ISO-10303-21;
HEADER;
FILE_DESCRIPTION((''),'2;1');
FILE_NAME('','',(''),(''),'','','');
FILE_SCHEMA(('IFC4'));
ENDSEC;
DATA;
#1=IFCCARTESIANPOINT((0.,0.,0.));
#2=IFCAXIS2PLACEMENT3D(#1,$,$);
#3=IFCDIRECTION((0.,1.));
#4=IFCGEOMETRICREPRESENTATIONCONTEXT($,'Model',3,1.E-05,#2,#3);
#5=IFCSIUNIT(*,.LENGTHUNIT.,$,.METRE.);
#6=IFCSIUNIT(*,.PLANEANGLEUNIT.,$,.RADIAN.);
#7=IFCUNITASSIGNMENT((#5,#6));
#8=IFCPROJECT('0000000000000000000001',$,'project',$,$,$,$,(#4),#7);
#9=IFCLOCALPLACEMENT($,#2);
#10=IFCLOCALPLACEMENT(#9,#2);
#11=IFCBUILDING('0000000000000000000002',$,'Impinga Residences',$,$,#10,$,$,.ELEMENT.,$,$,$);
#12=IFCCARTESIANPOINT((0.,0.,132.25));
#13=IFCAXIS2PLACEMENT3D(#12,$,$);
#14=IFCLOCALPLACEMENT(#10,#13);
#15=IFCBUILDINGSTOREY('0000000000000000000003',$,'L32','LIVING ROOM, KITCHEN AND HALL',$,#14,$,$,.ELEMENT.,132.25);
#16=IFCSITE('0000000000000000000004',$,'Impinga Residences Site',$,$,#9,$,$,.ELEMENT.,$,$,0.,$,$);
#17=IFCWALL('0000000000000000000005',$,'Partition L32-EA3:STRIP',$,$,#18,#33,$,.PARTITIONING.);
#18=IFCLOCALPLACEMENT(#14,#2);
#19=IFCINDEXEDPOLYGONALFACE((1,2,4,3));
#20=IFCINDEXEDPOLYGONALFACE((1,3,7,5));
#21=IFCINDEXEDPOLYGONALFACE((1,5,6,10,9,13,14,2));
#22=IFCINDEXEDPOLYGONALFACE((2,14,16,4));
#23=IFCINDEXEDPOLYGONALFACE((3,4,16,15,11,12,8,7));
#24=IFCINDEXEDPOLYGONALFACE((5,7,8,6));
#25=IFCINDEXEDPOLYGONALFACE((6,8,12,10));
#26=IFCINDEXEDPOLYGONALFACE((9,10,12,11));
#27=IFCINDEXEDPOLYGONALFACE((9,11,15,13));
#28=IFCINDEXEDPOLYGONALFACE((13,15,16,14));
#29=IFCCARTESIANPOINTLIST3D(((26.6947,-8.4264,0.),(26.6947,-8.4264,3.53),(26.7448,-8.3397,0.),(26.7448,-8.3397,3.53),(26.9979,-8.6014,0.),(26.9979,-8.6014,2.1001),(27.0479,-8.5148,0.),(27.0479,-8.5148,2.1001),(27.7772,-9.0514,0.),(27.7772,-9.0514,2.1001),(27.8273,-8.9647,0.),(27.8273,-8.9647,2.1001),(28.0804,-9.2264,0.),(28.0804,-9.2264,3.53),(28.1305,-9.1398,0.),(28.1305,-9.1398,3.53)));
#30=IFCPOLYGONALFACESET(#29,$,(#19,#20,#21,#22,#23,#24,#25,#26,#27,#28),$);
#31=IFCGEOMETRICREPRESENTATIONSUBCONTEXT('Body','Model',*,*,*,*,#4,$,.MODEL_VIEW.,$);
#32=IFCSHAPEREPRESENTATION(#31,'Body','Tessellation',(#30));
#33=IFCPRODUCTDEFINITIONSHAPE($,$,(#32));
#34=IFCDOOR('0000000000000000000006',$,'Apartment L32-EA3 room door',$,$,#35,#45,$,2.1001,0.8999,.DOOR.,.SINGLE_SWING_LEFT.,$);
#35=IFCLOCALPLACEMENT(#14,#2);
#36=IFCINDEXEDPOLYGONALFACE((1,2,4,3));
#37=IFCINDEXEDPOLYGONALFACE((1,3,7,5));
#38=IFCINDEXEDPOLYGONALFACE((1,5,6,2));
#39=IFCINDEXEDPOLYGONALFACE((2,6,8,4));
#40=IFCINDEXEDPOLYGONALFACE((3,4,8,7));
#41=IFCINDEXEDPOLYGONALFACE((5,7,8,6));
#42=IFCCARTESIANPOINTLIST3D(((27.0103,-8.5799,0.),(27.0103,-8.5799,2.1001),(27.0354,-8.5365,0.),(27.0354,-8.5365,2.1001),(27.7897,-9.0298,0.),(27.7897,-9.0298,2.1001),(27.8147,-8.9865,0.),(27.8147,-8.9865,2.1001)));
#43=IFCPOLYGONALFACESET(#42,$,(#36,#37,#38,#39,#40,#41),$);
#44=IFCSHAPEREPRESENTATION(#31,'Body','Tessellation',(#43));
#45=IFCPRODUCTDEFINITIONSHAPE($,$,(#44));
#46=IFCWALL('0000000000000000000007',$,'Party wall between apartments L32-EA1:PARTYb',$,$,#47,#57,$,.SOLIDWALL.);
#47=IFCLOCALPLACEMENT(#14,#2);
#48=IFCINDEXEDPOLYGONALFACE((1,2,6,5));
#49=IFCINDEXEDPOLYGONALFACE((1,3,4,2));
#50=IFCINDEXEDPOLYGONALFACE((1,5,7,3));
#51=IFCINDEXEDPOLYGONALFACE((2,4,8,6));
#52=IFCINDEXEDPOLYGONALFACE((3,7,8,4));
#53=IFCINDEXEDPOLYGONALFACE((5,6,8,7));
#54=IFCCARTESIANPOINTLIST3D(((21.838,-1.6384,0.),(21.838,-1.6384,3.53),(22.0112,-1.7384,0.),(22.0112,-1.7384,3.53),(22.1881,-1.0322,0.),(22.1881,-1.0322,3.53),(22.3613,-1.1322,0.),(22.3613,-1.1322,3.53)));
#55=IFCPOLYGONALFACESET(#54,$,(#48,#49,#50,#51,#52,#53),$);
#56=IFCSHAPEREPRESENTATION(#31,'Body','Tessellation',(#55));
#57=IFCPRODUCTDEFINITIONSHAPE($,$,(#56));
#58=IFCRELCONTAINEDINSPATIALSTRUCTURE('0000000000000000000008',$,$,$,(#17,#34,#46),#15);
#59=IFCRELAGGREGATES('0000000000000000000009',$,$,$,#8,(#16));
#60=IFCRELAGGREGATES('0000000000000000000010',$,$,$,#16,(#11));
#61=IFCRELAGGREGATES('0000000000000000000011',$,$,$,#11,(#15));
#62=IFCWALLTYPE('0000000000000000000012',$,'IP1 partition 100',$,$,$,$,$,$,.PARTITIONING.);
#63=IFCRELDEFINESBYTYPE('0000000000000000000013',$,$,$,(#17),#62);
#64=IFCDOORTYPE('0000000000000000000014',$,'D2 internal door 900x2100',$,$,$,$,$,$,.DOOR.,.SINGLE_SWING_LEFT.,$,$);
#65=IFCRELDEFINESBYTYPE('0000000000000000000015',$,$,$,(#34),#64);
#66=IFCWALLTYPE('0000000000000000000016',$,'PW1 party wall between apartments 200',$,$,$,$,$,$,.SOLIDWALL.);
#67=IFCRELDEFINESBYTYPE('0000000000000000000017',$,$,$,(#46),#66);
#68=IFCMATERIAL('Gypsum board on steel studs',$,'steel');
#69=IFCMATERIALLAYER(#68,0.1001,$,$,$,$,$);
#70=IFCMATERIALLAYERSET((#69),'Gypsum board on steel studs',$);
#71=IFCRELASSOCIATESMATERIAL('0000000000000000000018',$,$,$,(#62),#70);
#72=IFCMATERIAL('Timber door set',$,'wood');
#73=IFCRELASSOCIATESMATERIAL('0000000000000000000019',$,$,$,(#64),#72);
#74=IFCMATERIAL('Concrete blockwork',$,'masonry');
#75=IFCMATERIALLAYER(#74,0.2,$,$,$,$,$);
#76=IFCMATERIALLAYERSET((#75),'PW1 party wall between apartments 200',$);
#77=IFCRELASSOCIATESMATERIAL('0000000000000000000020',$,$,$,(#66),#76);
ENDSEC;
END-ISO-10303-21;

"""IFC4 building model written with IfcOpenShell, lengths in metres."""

from ifc_helpers import new_model, si_unit, direction, frame, frame_2d, origin, place, context, subcontext, project, spatial, rectangle, extrude, material, layer, layer_set, type_object, element, fill, save


model = new_model("IFC4")

# Units and contexts
model_context = context("Model", 3, precision=1e-05, world=origin(), true_north=direction((0.0, 1.0)))
body_context = subcontext(model_context, "Body", "Model", "MODEL_VIEW")
ifc_project = project(units=[si_unit("LENGTHUNIT", "METRE"), si_unit("PLANEANGLEUNIT", "RADIAN")], contexts=[model_context])

# Site, building, storey
site_placement = place(None, origin())
site = spatial("IfcSite", under=ifc_project, at=site_placement, Name="Impinga Residences Site", CompositionType="ELEMENT", RefElevation=0.0)
building_placement = place(site_placement, origin())
building = spatial("IfcBuilding", under=site, at=building_placement, Name="Impinga Residences", CompositionType="ELEMENT")
storey_placement = place(building_placement, frame((0.0, 0.0, 132.25)))
storey = spatial("IfcBuildingStorey", under=building, at=storey_placement, Name="L32", Description="LIVING ROOM, KITCHEN AND HALL", CompositionType="ELEMENT", Elevation=132.25)

# Shared definitions
ifc_material_1 = material(Name="Gypsum board on steel studs", Category="steel")
ifc_layer_1 = layer(ifc_material_1, 0.1001)
ifc_layer_set_1 = layer_set([ifc_layer_1], Name="Gypsum board on steel studs")
wall_type_1 = type_object("IfcWallType", Name="IP1 partition 100", PredefinedType="PARTITIONING", material=ifc_layer_set_1)

# Shared definitions
ifc_material_2 = material(Name="Timber door set", Category="wood")
door_type = type_object("IfcDoorType", Name="D2 internal door 900x2100", OperationType="SINGLE_SWING_LEFT", PredefinedType="DOOR", material=ifc_material_2)

# Wall, opening, door
wall_1_placement = place(storey_placement, frame((26.7197, -8.3831, 0.0), z_axis=(0.0, 0.0, 1.0), x_axis=(0.866028, -0.499995, 0.0)))
wall_1 = element("IfcWall", 1, at=wall_1_placement, inside=storey, type_object=wall_type_1, Name="Partition L32-EA3:STRIP", PredefinedType="PARTITIONING", context=body_context, shape_type="SweptSolid", body=[
    extrude(rectangle(XDim=1.6001, YDim=0.1001, at=frame_2d((0.8, 0.0))), origin(), (0.0, 0.0, 1.0), 3.53),
])
opening_1_placement = place(wall_1_placement, frame((0.3501, 0.0, 0.0)))
opening_1 = element("IfcOpeningElement", 2, at=opening_1_placement, cuts=wall_1, PredefinedType="OPENING", context=body_context, shape_type="SweptSolid", body=[
    extrude(rectangle(XDim=0.8999, YDim=2.1001, at=frame_2d((0.45, 1.05))), frame((0.0, 0.0601, 0.0), z_axis=(0.0, -1.0, 0.0), x_axis=(1.0, 0.0, 0.0)), (0.0, 0.0, 1.0), 0.1201),
])
door_1_placement = place(opening_1_placement, origin())
door_1 = element("IfcDoor", 3, at=door_1_placement, inside=storey, type_object=door_type, Name="Apartment L32-EA3 room door", OperationType="SINGLE_SWING_LEFT", OverallHeight=2.1001, OverallWidth=0.8999, PredefinedType="DOOR", context=body_context, shape_type="SweptSolid", body=[
    extrude(rectangle(XDim=0.8999, YDim=2.1001, at=frame_2d((0.45, 1.05))), frame((0.0, 0.0249, 0.0), z_axis=(0.0, -1.0, 0.0), x_axis=(1.0, 0.0, 0.0)), (0.0, 0.0, 1.0), 0.05),
])
fill(opening_1, door_1)

# Wall
ifc_material_3 = material(Name="Concrete blockwork", Category="masonry")
ifc_layer_2 = layer(ifc_material_3, 0.2)
ifc_layer_set_2 = layer_set([ifc_layer_2], Name="PW1 party wall between apartments 200")
wall_type_2 = type_object("IfcWallType", Name="PW1 party wall between apartments 200", PredefinedType="SOLIDWALL", material=ifc_layer_set_2)
wall_2_placement = place(storey_placement, frame((21.9246, -1.6885, 0.0), z_axis=(0.0, 0.0, 1.0), x_axis=(0.500115, 0.865959, 0.0)))
element("IfcWall", 4, at=wall_2_placement, inside=storey, type_object=wall_type_2, Name="Party wall between apartments L32-EA1:PARTYb", PredefinedType="SOLIDWALL", context=body_context, shape_type="SweptSolid", body=[
    extrude(rectangle(XDim=0.7, YDim=0.2, at=frame_2d((0.3501, 0.0))), origin(), (0.0, 0.0, 1.0), 3.53),
])

save(model, "model.ifc")
